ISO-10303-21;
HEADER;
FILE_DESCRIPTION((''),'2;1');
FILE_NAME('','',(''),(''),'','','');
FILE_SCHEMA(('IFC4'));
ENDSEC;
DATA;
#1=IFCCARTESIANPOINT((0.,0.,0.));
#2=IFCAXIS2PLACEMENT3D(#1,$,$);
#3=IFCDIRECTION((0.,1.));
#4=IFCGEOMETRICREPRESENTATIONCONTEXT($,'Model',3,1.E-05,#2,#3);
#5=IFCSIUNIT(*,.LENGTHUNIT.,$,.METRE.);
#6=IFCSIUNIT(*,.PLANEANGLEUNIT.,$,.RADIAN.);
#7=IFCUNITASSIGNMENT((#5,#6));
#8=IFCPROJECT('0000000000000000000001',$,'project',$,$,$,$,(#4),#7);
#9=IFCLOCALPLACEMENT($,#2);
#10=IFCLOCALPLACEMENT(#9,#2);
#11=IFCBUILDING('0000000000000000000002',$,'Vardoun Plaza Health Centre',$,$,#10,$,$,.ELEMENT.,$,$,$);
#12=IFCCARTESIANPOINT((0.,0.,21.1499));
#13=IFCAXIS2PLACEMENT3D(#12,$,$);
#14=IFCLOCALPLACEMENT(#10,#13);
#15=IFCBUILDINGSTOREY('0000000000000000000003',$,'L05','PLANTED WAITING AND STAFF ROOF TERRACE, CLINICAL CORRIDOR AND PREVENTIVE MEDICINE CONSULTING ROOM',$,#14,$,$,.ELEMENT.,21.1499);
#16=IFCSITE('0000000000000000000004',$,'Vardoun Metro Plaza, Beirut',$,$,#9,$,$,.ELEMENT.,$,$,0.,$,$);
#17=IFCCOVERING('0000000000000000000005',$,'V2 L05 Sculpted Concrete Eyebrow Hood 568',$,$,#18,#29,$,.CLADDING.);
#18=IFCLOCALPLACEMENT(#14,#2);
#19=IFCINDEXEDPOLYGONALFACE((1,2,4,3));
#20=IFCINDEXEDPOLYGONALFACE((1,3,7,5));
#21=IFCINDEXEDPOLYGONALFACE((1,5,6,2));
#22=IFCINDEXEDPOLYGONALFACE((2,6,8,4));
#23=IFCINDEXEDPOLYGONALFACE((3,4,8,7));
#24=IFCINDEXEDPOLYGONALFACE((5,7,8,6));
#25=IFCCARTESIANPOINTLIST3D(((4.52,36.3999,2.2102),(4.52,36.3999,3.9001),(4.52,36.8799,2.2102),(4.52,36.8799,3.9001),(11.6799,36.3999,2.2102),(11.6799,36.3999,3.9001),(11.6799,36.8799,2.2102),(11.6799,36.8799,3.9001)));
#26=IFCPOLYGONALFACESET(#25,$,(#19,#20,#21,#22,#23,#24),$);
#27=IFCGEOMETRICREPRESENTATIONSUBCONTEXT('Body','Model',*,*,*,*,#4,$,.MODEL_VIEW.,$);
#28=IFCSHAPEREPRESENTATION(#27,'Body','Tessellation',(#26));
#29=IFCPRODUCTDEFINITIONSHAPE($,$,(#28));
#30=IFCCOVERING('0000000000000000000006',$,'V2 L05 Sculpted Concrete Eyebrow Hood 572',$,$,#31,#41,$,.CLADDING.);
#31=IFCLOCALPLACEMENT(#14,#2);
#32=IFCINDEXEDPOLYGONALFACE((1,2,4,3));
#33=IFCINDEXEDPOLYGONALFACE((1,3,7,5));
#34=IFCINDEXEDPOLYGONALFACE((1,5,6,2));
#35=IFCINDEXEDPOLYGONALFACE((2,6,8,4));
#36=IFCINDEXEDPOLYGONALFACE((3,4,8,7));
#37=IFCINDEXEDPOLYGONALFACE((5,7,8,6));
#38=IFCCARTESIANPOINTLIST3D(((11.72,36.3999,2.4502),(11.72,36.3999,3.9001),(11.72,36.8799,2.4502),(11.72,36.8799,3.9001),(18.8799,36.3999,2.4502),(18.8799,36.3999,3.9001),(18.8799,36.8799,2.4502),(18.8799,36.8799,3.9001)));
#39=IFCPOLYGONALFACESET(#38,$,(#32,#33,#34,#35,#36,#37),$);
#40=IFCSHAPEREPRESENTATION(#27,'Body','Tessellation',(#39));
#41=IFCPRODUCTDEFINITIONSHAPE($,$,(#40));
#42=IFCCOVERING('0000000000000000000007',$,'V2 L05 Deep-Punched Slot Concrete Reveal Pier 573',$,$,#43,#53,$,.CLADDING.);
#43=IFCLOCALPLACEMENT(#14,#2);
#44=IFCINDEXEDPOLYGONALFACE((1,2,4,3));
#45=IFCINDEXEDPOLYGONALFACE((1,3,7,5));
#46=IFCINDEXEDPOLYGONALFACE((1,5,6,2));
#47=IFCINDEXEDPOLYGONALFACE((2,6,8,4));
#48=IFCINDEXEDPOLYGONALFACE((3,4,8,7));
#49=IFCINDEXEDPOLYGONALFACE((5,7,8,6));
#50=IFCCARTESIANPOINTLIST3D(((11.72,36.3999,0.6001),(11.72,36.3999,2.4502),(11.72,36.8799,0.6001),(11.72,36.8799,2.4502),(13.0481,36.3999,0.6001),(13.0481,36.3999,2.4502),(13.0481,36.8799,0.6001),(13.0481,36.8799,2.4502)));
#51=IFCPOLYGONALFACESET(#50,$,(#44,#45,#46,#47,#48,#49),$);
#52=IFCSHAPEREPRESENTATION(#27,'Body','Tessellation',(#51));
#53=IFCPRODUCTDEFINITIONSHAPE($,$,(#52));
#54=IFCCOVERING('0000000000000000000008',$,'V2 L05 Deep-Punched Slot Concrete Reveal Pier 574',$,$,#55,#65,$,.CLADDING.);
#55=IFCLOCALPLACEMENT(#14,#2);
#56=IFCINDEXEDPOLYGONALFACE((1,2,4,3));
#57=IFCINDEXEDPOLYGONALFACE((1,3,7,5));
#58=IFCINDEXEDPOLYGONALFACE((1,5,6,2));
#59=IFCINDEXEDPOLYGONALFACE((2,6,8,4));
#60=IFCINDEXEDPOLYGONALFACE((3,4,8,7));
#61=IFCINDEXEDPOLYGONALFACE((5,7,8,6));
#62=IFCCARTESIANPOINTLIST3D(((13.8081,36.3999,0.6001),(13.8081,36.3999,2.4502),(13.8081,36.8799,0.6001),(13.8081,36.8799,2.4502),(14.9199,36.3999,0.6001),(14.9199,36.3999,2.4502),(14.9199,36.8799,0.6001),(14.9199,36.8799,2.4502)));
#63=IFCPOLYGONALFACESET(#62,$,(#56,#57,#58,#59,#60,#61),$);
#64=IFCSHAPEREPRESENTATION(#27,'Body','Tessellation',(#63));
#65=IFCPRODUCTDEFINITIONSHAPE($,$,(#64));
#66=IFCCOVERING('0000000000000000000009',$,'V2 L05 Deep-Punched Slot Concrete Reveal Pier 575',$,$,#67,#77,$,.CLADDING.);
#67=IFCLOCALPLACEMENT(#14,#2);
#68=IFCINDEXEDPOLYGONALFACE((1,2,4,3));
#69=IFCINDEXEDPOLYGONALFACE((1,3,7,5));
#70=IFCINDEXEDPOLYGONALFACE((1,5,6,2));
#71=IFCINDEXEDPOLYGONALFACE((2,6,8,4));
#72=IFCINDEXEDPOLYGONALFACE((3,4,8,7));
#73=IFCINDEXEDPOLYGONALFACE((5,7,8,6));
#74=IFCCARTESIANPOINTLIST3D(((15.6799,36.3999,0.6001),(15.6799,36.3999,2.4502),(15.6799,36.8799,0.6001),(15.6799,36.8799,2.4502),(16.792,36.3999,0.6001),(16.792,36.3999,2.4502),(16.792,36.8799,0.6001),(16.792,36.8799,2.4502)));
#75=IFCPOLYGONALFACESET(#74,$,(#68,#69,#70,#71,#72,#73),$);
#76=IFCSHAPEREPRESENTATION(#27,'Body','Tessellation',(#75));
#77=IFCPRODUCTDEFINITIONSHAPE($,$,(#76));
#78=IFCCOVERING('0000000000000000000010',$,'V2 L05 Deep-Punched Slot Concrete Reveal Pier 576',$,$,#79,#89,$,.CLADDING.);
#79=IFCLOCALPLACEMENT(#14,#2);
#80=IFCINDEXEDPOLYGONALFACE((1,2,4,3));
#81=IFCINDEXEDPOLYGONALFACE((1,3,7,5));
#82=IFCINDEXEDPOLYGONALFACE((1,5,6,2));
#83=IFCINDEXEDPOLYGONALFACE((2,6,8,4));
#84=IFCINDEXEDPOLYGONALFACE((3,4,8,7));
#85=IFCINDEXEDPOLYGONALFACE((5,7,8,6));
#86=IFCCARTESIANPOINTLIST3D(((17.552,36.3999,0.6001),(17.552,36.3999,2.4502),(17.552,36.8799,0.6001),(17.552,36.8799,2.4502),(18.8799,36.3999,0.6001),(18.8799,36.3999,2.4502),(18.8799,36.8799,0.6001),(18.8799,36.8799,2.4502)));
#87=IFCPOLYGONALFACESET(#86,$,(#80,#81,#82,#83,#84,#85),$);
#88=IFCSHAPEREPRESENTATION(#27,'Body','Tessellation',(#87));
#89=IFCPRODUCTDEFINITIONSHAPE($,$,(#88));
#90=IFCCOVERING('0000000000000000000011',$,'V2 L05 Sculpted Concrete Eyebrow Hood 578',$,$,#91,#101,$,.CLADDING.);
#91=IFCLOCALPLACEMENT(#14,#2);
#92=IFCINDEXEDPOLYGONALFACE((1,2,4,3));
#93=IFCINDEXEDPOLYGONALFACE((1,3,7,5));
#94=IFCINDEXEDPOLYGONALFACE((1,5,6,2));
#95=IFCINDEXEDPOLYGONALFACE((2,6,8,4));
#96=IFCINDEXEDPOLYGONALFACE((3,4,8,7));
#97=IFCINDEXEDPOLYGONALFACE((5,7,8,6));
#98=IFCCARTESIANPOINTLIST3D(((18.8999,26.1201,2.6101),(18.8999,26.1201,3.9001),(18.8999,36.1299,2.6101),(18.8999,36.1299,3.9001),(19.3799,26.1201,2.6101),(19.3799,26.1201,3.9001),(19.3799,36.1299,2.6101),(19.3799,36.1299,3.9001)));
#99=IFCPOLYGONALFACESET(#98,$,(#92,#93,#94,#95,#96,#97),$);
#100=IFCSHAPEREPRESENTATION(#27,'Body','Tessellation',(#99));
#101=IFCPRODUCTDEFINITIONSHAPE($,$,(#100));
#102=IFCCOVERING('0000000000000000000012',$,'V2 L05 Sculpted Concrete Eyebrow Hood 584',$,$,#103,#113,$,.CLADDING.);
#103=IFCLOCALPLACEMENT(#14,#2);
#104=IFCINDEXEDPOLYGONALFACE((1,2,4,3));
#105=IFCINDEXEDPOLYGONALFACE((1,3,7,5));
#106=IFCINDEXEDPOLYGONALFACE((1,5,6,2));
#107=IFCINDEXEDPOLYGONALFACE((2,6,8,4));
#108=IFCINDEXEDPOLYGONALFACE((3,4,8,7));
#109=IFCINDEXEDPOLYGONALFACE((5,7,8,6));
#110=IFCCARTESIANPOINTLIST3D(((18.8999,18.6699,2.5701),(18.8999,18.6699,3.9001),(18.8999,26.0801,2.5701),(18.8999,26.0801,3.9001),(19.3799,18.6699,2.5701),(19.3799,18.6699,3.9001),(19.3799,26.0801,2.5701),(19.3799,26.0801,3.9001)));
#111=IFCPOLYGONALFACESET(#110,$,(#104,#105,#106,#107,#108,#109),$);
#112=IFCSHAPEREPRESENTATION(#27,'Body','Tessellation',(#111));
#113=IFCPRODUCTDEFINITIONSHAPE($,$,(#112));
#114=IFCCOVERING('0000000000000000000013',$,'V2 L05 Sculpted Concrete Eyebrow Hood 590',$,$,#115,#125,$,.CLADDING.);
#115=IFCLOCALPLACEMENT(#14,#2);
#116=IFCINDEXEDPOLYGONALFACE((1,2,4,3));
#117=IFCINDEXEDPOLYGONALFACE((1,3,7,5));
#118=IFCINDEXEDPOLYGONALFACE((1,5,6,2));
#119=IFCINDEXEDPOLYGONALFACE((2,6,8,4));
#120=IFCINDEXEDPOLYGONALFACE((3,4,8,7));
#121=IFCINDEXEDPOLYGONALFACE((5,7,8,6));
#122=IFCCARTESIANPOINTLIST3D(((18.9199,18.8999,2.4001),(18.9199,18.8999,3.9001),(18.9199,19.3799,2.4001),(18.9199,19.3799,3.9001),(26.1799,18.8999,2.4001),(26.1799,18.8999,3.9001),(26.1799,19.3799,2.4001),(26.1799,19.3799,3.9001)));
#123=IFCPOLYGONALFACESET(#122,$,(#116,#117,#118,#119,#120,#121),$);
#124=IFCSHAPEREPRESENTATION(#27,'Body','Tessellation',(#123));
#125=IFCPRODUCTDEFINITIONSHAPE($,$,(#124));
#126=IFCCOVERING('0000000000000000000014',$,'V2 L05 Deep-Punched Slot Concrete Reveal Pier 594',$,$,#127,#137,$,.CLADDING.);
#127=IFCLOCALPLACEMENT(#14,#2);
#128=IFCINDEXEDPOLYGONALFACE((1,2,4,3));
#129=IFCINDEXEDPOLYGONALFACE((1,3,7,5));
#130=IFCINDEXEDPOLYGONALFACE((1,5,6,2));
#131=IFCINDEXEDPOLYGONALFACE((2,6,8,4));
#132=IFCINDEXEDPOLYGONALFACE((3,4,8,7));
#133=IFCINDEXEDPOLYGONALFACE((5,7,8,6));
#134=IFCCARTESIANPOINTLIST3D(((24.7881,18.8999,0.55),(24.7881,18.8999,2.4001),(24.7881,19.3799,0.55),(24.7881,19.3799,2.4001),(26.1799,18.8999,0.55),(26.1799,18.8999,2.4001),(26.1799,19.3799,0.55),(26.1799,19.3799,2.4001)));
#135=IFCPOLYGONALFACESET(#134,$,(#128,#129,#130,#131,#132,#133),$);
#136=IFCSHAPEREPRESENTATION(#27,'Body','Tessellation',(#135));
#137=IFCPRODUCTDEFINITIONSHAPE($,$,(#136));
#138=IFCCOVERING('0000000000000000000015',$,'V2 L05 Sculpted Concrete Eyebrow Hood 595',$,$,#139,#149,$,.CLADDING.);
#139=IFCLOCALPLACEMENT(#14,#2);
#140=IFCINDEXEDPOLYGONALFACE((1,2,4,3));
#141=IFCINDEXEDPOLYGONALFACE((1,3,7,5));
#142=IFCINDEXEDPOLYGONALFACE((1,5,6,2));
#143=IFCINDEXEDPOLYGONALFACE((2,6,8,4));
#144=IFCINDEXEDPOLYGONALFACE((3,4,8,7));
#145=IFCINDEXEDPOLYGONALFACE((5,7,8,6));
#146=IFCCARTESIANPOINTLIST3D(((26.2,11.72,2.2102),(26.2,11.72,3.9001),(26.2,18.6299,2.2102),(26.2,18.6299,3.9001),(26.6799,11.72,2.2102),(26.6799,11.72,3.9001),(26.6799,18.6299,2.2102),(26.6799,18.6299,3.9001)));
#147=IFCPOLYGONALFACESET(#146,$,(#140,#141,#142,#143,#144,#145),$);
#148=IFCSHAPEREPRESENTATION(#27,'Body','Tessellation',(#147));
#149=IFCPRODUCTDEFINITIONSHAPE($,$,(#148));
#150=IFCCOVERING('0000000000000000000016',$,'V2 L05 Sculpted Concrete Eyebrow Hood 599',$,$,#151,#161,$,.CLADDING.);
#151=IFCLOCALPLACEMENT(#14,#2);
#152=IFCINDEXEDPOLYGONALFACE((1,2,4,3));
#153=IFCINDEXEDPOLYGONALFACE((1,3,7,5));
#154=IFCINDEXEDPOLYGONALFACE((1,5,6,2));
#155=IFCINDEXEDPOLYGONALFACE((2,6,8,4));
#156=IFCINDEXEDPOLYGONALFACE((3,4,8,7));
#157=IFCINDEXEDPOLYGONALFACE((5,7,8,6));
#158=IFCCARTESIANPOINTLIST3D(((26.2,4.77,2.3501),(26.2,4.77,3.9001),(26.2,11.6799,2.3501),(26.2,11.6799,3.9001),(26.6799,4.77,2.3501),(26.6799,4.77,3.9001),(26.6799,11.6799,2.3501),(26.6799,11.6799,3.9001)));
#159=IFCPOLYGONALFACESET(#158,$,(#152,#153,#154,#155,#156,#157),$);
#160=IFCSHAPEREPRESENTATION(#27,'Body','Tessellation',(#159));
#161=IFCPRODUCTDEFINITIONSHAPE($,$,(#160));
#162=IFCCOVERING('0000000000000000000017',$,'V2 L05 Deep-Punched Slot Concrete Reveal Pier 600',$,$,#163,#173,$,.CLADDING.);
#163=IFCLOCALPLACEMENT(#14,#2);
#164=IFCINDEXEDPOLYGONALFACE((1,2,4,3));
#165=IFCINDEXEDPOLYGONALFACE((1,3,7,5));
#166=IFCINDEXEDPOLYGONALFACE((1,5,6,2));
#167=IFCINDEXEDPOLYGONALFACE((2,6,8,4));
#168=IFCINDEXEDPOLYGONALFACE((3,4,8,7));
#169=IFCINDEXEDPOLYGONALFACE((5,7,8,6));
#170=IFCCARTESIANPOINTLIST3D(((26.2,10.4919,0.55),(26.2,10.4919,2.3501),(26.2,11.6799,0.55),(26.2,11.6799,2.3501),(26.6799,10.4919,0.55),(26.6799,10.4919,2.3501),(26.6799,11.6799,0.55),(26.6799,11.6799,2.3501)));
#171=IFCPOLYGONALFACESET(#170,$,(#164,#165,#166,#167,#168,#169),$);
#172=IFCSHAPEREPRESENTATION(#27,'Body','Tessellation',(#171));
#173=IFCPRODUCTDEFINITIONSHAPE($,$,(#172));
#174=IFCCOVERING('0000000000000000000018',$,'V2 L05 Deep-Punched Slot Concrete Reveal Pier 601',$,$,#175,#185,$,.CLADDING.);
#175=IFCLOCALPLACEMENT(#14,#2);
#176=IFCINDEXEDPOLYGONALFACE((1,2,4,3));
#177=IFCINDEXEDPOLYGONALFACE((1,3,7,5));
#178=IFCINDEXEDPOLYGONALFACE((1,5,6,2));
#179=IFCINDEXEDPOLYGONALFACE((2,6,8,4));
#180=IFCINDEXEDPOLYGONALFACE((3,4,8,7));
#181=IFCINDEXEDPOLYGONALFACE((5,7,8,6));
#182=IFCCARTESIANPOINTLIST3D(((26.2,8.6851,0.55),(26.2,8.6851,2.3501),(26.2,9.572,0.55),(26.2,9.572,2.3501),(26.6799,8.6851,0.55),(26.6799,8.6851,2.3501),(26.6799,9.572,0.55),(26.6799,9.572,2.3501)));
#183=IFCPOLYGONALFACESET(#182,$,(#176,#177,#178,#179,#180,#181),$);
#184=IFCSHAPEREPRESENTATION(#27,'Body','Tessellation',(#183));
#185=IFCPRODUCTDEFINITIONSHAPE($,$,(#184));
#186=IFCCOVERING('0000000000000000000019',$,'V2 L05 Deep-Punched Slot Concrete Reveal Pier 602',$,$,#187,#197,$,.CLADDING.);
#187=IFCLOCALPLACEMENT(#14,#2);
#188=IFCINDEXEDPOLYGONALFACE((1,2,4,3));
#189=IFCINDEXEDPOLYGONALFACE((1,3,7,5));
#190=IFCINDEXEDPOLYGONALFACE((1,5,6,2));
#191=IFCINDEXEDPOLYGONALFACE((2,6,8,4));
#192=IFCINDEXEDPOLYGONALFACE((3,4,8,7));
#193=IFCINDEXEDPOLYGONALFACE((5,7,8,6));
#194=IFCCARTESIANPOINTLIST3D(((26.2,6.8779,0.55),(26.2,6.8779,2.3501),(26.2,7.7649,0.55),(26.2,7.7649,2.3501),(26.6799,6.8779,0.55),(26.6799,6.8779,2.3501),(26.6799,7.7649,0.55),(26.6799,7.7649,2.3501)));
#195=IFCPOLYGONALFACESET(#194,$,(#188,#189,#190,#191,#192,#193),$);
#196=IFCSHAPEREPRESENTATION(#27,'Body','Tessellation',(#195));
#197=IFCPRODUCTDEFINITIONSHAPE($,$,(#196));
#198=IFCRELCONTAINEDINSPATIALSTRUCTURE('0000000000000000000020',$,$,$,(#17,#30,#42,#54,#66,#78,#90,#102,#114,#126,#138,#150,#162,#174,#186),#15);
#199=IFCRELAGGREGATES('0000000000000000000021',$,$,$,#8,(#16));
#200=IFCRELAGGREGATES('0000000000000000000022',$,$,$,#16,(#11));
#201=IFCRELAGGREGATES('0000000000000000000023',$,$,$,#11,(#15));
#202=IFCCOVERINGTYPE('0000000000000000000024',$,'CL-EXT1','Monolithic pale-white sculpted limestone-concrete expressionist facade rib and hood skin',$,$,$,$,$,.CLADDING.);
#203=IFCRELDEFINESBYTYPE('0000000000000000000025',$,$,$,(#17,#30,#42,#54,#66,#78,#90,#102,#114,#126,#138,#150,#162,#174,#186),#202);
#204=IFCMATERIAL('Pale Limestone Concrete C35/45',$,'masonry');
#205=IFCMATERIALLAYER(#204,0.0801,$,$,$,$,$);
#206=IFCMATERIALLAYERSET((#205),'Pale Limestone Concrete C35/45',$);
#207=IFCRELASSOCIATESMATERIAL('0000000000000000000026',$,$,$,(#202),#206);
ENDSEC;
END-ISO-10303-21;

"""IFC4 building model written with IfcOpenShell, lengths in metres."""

from ifc_helpers import new_model, si_unit, direction, frame, origin, place, context, subcontext, project, spatial, polyline, outline, extrude, material, layer, layer_set, type_object, element, save


model = new_model("IFC4")

# Units and contexts
model_context = context("Model", 3, precision=1e-05, world=origin(), true_north=direction((0.0, 1.0)))
body_context = subcontext(model_context, "Body", "Model", "MODEL_VIEW")
ifc_project = project(units=[si_unit("LENGTHUNIT", "METRE"), si_unit("PLANEANGLEUNIT", "RADIAN")], contexts=[model_context])

# Site, building, storey
site_placement = place(None, origin())
site = spatial("IfcSite", under=ifc_project, at=site_placement, Name="Vardoun Metro Plaza, Beirut", CompositionType="ELEMENT", RefElevation=0.0)
building_placement = place(site_placement, origin())
building = spatial("IfcBuilding", under=site, at=building_placement, Name="Vardoun Plaza Health Centre", CompositionType="ELEMENT")
storey_placement = place(building_placement, frame((0.0, 0.0, 21.1499)))
storey = spatial("IfcBuildingStorey", under=building, at=storey_placement, Name="L05", Description="PLANTED WAITING AND STAFF ROOF TERRACE, CLINICAL CORRIDOR AND PREVENTIVE MEDICINE CONSULTING ROOM", CompositionType="ELEMENT", Elevation=21.1499)

# Coverings
ifc_material = material(Name="Pale Limestone Concrete C35/45", Category="masonry")
ifc_layer = layer(ifc_material, 0.0801)
ifc_layer_set = layer_set([ifc_layer], Name="Pale Limestone Concrete C35/45")
covering_type = type_object("IfcCoveringType", Name="CL-EXT1", Description="Monolithic pale-white sculpted limestone-concrete expressionist facade rib and hood skin", PredefinedType="CLADDING", material=ifc_layer_set)
covering_1_placement = place(storey_placement, frame((0.0, 0.0, 2.2102)))
element("IfcCovering", 1, at=covering_1_placement, inside=storey, type_object=covering_type, Name="V2 L05 Sculpted Concrete Eyebrow Hood 568", PredefinedType="CLADDING", context=body_context, shape_type="SweptSolid", body=[
    extrude(outline(polyline([(4.52, 36.3999), (11.6799, 36.3999), (11.6799, 36.8799), (4.52, 36.8799), (4.52, 36.3999)])), origin(), (0.0, 0.0, 1.0), 1.6899),
])
covering_2_placement = place(storey_placement, frame((0.0, 0.0, 2.4502)))
element("IfcCovering", 2, at=covering_2_placement, inside=storey, type_object=covering_type, Name="V2 L05 Sculpted Concrete Eyebrow Hood 572", PredefinedType="CLADDING", context=body_context, shape_type="SweptSolid", body=[
    extrude(outline(polyline([(11.72, 36.3999), (18.8799, 36.3999), (18.8799, 36.8799), (11.72, 36.8799), (11.72, 36.3999)])), origin(), (0.0, 0.0, 1.0), 1.45),
])
covering_3_placement = place(storey_placement, frame((0.0, 0.0, 0.6001)))
element("IfcCovering", 3, at=covering_3_placement, inside=storey, type_object=covering_type, Name="V2 L05 Deep-Punched Slot Concrete Reveal Pier 573", PredefinedType="CLADDING", context=body_context, shape_type="SweptSolid", body=[
    extrude(outline(polyline([(11.72, 36.3999), (13.0481, 36.3999), (13.0481, 36.8799), (11.72, 36.8799), (11.72, 36.3999)])), origin(), (0.0, 0.0, 1.0), 1.8501),
])
covering_4_placement = place(storey_placement, frame((0.0, 0.0, 0.6001)))
element("IfcCovering", 4, at=covering_4_placement, inside=storey, type_object=covering_type, Name="V2 L05 Deep-Punched Slot Concrete Reveal Pier 574", PredefinedType="CLADDING", context=body_context, shape_type="SweptSolid", body=[
    extrude(outline(polyline([(13.8081, 36.3999), (14.9199, 36.3999), (14.9199, 36.8799), (13.8081, 36.8799), (13.8081, 36.3999)])), origin(), (0.0, 0.0, 1.0), 1.8501),
])
covering_5_placement = place(storey_placement, frame((0.0, 0.0, 0.6001)))
element("IfcCovering", 5, at=covering_5_placement, inside=storey, type_object=covering_type, Name="V2 L05 Deep-Punched Slot Concrete Reveal Pier 575", PredefinedType="CLADDING", context=body_context, shape_type="SweptSolid", body=[
    extrude(outline(polyline([(15.6799, 36.3999), (16.792, 36.3999), (16.792, 36.8799), (15.6799, 36.8799), (15.6799, 36.3999)])), origin(), (0.0, 0.0, 1.0), 1.8501),
])
covering_6_placement = place(storey_placement, frame((0.0, 0.0, 0.6001)))
element("IfcCovering", 6, at=covering_6_placement, inside=storey, type_object=covering_type, Name="V2 L05 Deep-Punched Slot Concrete Reveal Pier 576", PredefinedType="CLADDING", context=body_context, shape_type="SweptSolid", body=[
    extrude(outline(polyline([(17.552, 36.3999), (18.8799, 36.3999), (18.8799, 36.8799), (17.552, 36.8799), (17.552, 36.3999)])), origin(), (0.0, 0.0, 1.0), 1.8501),
])
covering_7_placement = place(storey_placement, frame((0.0, 0.0, 2.6101)))
element("IfcCovering", 7, at=covering_7_placement, inside=storey, type_object=covering_type, Name="V2 L05 Sculpted Concrete Eyebrow Hood 578", PredefinedType="CLADDING", context=body_context, shape_type="SweptSolid", body=[
    extrude(outline(polyline([(18.8999, 36.1299), (18.8999, 26.1201), (19.3799, 26.1201), (19.3799, 36.1299), (18.8999, 36.1299)])), origin(), (0.0, 0.0, 1.0), 1.29),
])
covering_8_placement = place(storey_placement, frame((0.0, 0.0, 2.5701)))
element("IfcCovering", 8, at=covering_8_placement, inside=storey, type_object=covering_type, Name="V2 L05 Sculpted Concrete Eyebrow Hood 584", PredefinedType="CLADDING", context=body_context, shape_type="SweptSolid", body=[
    extrude(outline(polyline([(18.8999, 26.0801), (18.8999, 18.6699), (19.3799, 18.6699), (19.3799, 26.0801), (18.8999, 26.0801)])), origin(), (0.0, 0.0, 1.0), 1.3301),
])
covering_9_placement = place(storey_placement, frame((0.0, 0.0, 2.4001)))
element("IfcCovering", 9, at=covering_9_placement, inside=storey, type_object=covering_type, Name="V2 L05 Sculpted Concrete Eyebrow Hood 590", PredefinedType="CLADDING", context=body_context, shape_type="SweptSolid", body=[
    extrude(outline(polyline([(18.9199, 18.8999), (26.1799, 18.8999), (26.1799, 19.3799), (18.9199, 19.3799), (18.9199, 18.8999)])), origin(), (0.0, 0.0, 1.0), 1.5),
])
covering_10_placement = place(storey_placement, frame((0.0, 0.0, 0.55)))
element("IfcCovering", 10, at=covering_10_placement, inside=storey, type_object=covering_type, Name="V2 L05 Deep-Punched Slot Concrete Reveal Pier 594", PredefinedType="CLADDING", context=body_context, shape_type="SweptSolid", body=[
    extrude(outline(polyline([(24.7881, 18.8999), (26.1799, 18.8999), (26.1799, 19.3799), (24.7881, 19.3799), (24.7881, 18.8999)])), origin(), (0.0, 0.0, 1.0), 1.8501),
])
covering_11_placement = place(storey_placement, frame((0.0, 0.0, 2.2102)))
element("IfcCovering", 11, at=covering_11_placement, inside=storey, type_object=covering_type, Name="V2 L05 Sculpted Concrete Eyebrow Hood 595", PredefinedType="CLADDING", context=body_context, shape_type="SweptSolid", body=[
    extrude(outline(polyline([(26.2, 18.6299), (26.2, 11.72), (26.6799, 11.72), (26.6799, 18.6299), (26.2, 18.6299)])), origin(), (0.0, 0.0, 1.0), 1.6899),
])
covering_12_placement = place(storey_placement, frame((0.0, 0.0, 2.3501)))
element("IfcCovering", 12, at=covering_12_placement, inside=storey, type_object=covering_type, Name="V2 L05 Sculpted Concrete Eyebrow Hood 599", PredefinedType="CLADDING", context=body_context, shape_type="SweptSolid", body=[
    extrude(outline(polyline([(26.2, 11.6799), (26.2, 4.77), (26.6799, 4.77), (26.6799, 11.6799), (26.2, 11.6799)])), origin(), (0.0, 0.0, 1.0), 1.55),
])
covering_13_placement = place(storey_placement, frame((0.0, 0.0, 0.55)))
element("IfcCovering", 13, at=covering_13_placement, inside=storey, type_object=covering_type, Name="V2 L05 Deep-Punched Slot Concrete Reveal Pier 600", PredefinedType="CLADDING", context=body_context, shape_type="SweptSolid", body=[
    extrude(outline(polyline([(26.2, 11.6799), (26.2, 10.4919), (26.6799, 10.4919), (26.6799, 11.6799), (26.2, 11.6799)])), origin(), (0.0, 0.0, 1.0), 1.8),
])
covering_14_placement = place(storey_placement, frame((0.0, 0.0, 0.55)))
element("IfcCovering", 14, at=covering_14_placement, inside=storey, type_object=covering_type, Name="V2 L05 Deep-Punched Slot Concrete Reveal Pier 601", PredefinedType="CLADDING", context=body_context, shape_type="SweptSolid", body=[
    extrude(outline(polyline([(26.2, 9.572), (26.2, 8.6851), (26.6799, 8.6851), (26.6799, 9.572), (26.2, 9.572)])), origin(), (0.0, 0.0, 1.0), 1.8),
])
covering_15_placement = place(storey_placement, frame((0.0, 0.0, 0.55)))
element("IfcCovering", 15, at=covering_15_placement, inside=storey, type_object=covering_type, Name="V2 L05 Deep-Punched Slot Concrete Reveal Pier 602", PredefinedType="CLADDING", context=body_context, shape_type="SweptSolid", body=[
    extrude(outline(polyline([(26.2, 7.7649), (26.2, 6.8779), (26.6799, 6.8779), (26.6799, 7.7649), (26.2, 7.7649)])), origin(), (0.0, 0.0, 1.0), 1.8),
])

save(model, "model.ifc")
